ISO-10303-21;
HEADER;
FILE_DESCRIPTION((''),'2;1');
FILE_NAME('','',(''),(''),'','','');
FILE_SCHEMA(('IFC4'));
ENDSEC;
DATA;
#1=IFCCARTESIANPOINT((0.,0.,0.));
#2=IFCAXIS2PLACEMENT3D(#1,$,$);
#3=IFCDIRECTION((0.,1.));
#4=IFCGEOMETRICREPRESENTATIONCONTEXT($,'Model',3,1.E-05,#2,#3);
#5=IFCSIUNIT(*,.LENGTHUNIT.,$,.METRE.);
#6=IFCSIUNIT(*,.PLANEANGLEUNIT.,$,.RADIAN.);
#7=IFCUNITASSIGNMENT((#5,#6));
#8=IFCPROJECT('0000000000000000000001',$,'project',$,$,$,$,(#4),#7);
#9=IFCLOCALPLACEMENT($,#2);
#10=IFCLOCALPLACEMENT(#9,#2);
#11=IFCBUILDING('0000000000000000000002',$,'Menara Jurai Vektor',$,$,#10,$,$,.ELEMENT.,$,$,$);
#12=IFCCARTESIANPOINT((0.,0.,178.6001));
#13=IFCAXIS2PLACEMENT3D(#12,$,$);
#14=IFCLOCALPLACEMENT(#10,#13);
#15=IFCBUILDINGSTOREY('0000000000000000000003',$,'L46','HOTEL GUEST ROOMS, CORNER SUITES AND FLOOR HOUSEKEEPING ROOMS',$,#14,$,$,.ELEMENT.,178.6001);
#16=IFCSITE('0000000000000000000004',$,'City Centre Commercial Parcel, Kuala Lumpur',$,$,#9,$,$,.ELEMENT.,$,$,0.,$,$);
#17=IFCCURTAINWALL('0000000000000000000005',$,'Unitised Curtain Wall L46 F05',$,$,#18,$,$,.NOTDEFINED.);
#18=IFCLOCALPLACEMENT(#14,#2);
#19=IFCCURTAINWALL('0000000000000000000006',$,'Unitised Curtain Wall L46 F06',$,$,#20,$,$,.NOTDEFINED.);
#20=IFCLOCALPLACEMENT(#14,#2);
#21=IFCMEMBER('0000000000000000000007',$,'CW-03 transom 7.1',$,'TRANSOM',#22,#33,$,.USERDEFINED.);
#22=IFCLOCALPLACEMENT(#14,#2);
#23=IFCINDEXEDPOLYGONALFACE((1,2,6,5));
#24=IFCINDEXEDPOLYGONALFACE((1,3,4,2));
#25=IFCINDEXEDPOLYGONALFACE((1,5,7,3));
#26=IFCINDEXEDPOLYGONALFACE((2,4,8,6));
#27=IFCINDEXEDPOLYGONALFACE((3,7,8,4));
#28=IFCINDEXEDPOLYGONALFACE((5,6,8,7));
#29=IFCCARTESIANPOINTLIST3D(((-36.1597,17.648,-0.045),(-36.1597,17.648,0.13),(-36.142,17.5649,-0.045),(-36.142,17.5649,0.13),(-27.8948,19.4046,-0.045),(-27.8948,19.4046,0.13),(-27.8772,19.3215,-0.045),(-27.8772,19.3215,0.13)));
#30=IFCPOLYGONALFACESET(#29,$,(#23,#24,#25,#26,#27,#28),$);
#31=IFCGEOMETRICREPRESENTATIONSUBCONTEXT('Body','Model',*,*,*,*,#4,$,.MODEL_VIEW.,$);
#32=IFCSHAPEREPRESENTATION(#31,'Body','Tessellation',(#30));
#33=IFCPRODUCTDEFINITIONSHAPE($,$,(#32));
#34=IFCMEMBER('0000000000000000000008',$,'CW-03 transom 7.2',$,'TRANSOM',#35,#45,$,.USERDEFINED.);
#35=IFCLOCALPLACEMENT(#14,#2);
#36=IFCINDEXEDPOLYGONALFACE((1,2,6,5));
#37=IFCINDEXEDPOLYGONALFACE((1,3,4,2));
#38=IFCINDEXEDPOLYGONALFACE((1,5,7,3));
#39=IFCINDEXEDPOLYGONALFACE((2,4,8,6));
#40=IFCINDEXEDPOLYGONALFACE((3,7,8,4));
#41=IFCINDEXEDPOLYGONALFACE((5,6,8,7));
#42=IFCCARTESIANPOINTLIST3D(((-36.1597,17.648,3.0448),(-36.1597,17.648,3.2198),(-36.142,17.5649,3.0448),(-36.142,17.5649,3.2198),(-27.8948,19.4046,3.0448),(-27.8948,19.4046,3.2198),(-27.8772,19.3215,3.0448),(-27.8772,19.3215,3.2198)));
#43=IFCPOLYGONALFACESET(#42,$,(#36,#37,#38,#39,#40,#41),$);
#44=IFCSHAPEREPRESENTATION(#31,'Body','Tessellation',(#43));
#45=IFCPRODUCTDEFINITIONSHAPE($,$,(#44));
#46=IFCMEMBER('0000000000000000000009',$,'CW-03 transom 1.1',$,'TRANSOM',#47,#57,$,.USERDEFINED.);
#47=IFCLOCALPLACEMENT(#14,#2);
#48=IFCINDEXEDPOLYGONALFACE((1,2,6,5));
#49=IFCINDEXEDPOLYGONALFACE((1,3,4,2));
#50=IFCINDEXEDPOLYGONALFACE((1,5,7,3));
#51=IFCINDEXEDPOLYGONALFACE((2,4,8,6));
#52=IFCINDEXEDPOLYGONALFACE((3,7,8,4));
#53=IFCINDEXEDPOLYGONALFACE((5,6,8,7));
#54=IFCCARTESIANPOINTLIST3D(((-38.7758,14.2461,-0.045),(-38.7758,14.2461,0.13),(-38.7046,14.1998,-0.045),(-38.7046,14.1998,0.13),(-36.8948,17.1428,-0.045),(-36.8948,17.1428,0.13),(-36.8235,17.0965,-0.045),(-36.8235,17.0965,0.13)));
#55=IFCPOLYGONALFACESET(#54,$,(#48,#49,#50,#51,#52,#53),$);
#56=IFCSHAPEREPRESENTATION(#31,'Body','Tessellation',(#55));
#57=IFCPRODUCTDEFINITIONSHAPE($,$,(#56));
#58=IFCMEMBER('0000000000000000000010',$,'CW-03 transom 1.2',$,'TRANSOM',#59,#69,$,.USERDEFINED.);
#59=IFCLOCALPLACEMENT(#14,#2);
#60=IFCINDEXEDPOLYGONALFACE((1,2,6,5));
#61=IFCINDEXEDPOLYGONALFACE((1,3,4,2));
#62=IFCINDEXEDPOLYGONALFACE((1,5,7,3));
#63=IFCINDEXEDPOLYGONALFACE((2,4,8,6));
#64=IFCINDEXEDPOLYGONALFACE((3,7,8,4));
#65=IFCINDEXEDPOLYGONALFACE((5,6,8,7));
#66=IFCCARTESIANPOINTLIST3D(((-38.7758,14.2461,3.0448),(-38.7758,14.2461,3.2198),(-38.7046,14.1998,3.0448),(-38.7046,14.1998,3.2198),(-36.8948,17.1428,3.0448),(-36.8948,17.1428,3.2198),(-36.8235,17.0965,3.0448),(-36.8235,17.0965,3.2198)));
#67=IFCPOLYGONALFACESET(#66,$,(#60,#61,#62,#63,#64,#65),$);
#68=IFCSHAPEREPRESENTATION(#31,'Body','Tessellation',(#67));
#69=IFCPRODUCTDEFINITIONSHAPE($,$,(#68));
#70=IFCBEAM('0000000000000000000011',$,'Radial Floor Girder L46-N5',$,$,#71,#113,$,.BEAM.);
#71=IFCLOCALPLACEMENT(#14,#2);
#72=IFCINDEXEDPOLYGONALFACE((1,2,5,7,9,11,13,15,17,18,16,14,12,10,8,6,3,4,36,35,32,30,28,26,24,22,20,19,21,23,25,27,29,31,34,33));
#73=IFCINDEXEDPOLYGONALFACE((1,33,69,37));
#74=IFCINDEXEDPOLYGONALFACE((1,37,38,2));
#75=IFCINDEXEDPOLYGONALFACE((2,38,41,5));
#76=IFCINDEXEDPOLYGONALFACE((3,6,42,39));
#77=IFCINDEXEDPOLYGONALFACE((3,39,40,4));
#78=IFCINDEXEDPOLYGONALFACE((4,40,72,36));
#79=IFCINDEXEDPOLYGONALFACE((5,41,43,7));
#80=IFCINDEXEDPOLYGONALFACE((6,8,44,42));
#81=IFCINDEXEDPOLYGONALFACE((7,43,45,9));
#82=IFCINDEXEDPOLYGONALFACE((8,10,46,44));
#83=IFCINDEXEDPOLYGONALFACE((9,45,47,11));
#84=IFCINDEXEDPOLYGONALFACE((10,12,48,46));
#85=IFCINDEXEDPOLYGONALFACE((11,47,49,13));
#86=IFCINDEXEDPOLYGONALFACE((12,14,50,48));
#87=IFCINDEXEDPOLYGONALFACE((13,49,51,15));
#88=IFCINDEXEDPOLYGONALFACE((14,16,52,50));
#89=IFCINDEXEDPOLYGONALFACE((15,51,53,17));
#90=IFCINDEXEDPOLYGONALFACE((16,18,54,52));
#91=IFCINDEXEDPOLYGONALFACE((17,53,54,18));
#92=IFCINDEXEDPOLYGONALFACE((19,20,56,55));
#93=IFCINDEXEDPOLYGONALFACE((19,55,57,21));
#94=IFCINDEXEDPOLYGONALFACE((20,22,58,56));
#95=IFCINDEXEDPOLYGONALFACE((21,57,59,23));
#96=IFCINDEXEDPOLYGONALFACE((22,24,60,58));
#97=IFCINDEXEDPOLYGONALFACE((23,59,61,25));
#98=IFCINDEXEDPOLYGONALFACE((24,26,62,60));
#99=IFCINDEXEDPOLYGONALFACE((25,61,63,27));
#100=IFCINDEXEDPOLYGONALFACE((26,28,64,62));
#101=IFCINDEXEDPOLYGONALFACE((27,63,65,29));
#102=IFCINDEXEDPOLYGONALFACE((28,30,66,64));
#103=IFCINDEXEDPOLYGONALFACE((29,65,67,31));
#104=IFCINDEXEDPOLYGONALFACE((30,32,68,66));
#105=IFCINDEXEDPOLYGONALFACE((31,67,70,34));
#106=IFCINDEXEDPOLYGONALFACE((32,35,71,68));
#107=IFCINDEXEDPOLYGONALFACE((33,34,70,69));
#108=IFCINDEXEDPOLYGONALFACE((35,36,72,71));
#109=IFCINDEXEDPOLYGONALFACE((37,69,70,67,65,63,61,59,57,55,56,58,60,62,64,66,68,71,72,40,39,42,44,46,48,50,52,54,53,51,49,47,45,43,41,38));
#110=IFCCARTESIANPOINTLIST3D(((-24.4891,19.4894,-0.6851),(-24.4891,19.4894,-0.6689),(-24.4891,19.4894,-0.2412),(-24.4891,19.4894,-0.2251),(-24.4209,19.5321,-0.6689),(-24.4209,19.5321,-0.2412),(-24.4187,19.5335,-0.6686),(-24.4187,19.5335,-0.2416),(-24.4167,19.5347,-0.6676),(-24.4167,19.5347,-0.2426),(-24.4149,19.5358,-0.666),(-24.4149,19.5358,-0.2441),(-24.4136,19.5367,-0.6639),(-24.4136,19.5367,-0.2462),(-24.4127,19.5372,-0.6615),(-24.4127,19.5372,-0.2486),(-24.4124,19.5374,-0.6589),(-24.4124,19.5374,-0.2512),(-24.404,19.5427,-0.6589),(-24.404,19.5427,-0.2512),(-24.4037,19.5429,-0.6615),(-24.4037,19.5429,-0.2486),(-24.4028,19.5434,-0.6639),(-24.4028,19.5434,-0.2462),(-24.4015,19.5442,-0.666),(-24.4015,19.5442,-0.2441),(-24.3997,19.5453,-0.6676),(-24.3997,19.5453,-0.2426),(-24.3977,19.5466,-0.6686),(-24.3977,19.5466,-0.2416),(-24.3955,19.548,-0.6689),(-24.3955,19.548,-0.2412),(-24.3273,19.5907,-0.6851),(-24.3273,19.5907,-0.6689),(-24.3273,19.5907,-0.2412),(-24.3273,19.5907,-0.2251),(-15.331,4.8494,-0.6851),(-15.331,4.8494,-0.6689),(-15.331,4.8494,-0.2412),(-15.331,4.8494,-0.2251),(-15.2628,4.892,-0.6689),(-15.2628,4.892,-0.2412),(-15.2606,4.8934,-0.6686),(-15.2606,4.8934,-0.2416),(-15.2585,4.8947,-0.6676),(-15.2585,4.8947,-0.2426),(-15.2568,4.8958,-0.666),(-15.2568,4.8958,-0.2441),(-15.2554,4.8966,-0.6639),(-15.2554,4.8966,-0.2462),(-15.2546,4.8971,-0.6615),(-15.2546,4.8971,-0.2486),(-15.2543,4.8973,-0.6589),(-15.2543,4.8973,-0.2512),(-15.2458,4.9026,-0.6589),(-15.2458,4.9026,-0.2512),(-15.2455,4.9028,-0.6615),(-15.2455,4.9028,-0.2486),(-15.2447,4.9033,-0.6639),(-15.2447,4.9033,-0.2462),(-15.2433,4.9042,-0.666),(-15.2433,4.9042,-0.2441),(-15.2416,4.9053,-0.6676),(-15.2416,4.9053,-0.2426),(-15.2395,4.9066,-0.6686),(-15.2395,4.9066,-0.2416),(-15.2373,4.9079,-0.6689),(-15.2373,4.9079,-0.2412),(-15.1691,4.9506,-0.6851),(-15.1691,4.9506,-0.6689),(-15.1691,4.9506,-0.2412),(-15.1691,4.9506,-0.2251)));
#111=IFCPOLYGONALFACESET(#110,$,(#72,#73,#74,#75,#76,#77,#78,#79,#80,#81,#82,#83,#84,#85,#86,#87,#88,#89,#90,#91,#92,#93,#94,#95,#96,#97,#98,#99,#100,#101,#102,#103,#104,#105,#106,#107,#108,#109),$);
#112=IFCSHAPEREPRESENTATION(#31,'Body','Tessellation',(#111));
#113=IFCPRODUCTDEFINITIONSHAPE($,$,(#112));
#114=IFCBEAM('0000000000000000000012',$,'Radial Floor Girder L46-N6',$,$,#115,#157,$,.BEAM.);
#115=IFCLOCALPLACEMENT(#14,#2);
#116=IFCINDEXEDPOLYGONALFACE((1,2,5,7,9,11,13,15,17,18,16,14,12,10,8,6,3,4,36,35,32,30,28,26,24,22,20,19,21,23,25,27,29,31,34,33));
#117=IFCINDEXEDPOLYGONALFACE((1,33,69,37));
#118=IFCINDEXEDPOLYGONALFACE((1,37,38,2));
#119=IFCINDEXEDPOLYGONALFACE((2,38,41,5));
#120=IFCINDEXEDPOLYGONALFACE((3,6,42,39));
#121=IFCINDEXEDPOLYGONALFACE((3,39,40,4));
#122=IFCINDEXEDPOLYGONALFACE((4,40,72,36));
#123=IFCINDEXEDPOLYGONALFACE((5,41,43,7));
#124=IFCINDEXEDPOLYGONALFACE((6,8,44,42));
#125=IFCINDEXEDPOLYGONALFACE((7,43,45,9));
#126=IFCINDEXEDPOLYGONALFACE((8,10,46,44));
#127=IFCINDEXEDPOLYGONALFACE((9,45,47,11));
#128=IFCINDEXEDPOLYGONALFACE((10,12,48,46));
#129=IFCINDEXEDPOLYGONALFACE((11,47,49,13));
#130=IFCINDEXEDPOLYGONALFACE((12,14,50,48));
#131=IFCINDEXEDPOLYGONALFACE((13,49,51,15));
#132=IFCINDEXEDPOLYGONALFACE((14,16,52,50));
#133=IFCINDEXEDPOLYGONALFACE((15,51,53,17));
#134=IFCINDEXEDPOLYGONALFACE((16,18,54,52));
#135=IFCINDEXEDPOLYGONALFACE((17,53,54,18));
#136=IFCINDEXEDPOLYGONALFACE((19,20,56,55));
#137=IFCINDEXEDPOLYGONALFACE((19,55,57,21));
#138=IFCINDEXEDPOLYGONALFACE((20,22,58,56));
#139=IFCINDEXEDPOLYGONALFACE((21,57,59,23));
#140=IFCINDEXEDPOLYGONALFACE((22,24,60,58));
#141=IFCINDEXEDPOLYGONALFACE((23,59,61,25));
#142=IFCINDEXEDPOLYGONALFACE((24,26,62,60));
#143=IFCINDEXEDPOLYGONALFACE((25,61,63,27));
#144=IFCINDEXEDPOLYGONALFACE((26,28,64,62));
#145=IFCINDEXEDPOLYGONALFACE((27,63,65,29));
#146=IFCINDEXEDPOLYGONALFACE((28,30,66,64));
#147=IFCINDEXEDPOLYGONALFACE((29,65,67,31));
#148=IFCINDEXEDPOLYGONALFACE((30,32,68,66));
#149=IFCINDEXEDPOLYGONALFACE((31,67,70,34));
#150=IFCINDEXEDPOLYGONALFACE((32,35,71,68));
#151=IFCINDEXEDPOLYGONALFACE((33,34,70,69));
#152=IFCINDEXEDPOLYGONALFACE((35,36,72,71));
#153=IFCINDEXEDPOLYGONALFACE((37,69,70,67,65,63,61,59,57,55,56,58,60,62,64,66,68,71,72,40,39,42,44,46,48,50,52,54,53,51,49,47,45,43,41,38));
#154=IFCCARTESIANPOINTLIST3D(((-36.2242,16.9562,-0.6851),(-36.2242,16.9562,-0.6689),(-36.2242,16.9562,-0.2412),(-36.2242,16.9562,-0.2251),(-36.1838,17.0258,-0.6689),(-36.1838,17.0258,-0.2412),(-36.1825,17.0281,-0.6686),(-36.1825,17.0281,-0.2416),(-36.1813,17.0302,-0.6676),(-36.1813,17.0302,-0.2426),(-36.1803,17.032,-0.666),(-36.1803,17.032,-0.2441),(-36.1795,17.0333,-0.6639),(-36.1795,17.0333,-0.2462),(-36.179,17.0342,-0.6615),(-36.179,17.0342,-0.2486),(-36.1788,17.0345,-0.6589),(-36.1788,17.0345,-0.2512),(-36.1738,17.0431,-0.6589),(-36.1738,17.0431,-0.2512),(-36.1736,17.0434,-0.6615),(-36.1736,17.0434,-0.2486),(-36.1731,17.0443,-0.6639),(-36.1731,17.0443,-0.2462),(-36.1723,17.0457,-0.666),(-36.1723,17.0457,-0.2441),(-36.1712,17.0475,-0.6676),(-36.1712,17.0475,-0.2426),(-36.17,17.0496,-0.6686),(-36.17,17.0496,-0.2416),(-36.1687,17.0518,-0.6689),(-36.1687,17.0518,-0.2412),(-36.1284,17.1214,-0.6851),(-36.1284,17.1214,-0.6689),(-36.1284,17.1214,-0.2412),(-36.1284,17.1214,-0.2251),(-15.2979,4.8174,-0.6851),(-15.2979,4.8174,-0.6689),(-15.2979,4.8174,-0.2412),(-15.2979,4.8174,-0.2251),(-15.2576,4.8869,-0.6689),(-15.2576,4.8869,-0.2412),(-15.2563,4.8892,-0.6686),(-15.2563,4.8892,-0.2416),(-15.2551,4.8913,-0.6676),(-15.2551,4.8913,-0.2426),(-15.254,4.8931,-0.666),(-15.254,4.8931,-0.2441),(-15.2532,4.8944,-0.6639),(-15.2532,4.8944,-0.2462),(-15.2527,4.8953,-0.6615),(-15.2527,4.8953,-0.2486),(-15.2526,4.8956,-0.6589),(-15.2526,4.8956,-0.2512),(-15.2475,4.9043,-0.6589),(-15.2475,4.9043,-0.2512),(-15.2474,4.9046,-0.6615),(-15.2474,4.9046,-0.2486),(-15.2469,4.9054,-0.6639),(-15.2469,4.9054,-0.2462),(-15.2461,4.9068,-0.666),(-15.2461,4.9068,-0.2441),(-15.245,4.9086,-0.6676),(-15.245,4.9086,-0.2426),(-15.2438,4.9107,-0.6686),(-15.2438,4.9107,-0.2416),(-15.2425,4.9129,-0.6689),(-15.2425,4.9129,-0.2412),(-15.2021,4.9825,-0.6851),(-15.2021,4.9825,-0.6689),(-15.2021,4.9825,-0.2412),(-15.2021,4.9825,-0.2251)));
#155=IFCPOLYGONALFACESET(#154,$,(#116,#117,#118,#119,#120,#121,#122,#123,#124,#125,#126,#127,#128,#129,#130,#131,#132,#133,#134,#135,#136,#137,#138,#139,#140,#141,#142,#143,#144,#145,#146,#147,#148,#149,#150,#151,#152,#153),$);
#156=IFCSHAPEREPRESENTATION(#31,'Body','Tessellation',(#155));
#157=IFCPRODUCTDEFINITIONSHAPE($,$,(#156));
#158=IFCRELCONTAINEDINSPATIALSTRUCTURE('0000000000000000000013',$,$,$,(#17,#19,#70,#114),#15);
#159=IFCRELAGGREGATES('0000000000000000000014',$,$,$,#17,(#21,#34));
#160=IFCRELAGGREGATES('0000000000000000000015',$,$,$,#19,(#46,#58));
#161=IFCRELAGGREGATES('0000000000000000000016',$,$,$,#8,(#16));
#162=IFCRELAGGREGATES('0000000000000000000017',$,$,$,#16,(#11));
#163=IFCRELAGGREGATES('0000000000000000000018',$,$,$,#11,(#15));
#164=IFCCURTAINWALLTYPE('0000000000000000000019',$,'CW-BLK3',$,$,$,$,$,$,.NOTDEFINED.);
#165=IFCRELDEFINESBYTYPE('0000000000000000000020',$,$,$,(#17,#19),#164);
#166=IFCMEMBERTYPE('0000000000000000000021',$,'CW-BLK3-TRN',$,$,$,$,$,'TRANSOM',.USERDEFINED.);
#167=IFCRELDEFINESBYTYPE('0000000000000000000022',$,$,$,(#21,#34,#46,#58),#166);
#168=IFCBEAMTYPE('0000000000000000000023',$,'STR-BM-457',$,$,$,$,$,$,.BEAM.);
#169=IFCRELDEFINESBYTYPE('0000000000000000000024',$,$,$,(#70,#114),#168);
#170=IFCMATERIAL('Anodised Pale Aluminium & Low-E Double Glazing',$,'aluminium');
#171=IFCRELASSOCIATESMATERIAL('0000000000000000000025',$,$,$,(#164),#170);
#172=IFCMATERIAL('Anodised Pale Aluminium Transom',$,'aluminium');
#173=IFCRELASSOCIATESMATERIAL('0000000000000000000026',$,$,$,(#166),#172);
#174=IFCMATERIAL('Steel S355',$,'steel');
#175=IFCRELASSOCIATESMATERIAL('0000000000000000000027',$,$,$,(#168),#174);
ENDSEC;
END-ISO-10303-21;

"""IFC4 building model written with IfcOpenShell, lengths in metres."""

from ifc_helpers import new_model, si_unit, direction, frame, origin, origin_2d, place, context, subcontext, project, spatial, rectangle, i_section, extrude, material, material_profile, profile_set, type_object, element, aggregate, save


model = new_model("IFC4")

# Units and contexts
model_context = context("Model", 3, precision=1e-05, world=origin(), true_north=direction((0.0, 1.0)))
body_context = subcontext(model_context, "Body", "Model", "MODEL_VIEW")
ifc_project = project(units=[si_unit("LENGTHUNIT", "METRE"), si_unit("PLANEANGLEUNIT", "RADIAN")], contexts=[model_context])

# Site, building, storey
site_placement = place(None, origin())
site = spatial("IfcSite", under=ifc_project, at=site_placement, Name="City Centre Commercial Parcel, Kuala Lumpur", CompositionType="ELEMENT", RefElevation=0.0)
building_placement = place(site_placement, origin())
building = spatial("IfcBuilding", under=site, at=building_placement, Name="Menara Jurai Vektor", CompositionType="ELEMENT")
storey_placement = place(building_placement, frame((0.0, 0.0, 178.6001)))
storey = spatial("IfcBuildingStorey", under=building, at=storey_placement, Name="L46", Description="HOTEL GUEST ROOMS, CORNER SUITES AND FLOOR HOUSEKEEPING ROOMS", CompositionType="ELEMENT", Elevation=178.6001)

# Curtain walls
ifc_material_1 = material(Name="Anodised Pale Aluminium & Low-E Double Glazing", Category="aluminium")
curtain_wall_type = type_object("IfcCurtainWallType", Name="CW-BLK3", PredefinedType="NOTDEFINED", material=ifc_material_1)
curtain_wall_1_placement = place(storey_placement, origin())
curtain_wall_1 = element("IfcCurtainWall", 1, at=curtain_wall_1_placement, inside=storey, type_object=curtain_wall_type, Name="Unitised Curtain Wall L46 F05", PredefinedType="NOTDEFINED")
curtain_wall_2_placement = place(storey_placement, origin())
curtain_wall_2 = element("IfcCurtainWall", 2, at=curtain_wall_2_placement, inside=storey, type_object=curtain_wall_type, Name="Unitised Curtain Wall L46 F06", PredefinedType="NOTDEFINED")

# Members
ifc_material_2 = material(Name="Anodised Pale Aluminium Transom", Category="aluminium")
ifc_material_profile_1 = material_profile(ifc_material_2, rectangle(XDim=0.085, YDim=0.175, at=origin_2d()), Name="ALU TRN 85x175")
ifc_profile_set_1 = profile_set([ifc_material_profile_1], Name="Anodised Pale Aluminium Transom")
member_type_1 = type_object("IfcMemberType", Name="CW-BLK3-TRN", ElementType="TRANSOM", PredefinedType="USERDEFINED", material=ifc_profile_set_1)
member_1_placement = place(storey_placement, frame((-27.886, 19.363, 0.0425), z_axis=(-0.978152, -0.207893, 0.0), x_axis=(0.207893, -0.978152, 0.0)))
member_1 = element("IfcMember", 3, at=member_1_placement, type_object=member_type_1, Name="CW-03 transom 7.1", ObjectType="TRANSOM", PredefinedType="USERDEFINED", context=body_context, shape_type="SweptSolid", body=[
    extrude(rectangle(XDim=0.085, YDim=0.175, at=origin_2d()), origin(), (0.0, 0.0, 1.0), 8.4495),
])
member_2_placement = place(storey_placement, frame((-27.886, 19.363, 3.1323), z_axis=(-0.978152, -0.207893, 0.0), x_axis=(0.207893, -0.978152, 0.0)))
member_2 = element("IfcMember", 4, at=member_2_placement, type_object=member_type_1, Name="CW-03 transom 7.2", ObjectType="TRANSOM", PredefinedType="USERDEFINED", context=body_context, shape_type="SweptSolid", body=[
    extrude(rectangle(XDim=0.085, YDim=0.175, at=origin_2d()), origin(), (0.0, 0.0, 1.0), 8.4495),
])
member_3_placement = place(storey_placement, frame((-36.8591, 17.1196, 0.0425), z_axis=(-0.544628, -0.838678, 0.0), x_axis=(0.838678, -0.544628, 0.0)))
member_3 = element("IfcMember", 5, at=member_3_placement, type_object=member_type_1, Name="CW-03 transom 1.1", ObjectType="TRANSOM", PredefinedType="USERDEFINED", context=body_context, shape_type="SweptSolid", body=[
    extrude(rectangle(XDim=0.085, YDim=0.175, at=origin_2d()), origin(), (0.0, 0.0, 1.0), 3.4539),
])
member_4_placement = place(storey_placement, frame((-36.8591, 17.1196, 3.1323), z_axis=(-0.544628, -0.838678, 0.0), x_axis=(0.838678, -0.544628, 0.0)))
member_4 = element("IfcMember", 6, at=member_4_placement, type_object=member_type_1, Name="CW-03 transom 1.2", ObjectType="TRANSOM", PredefinedType="USERDEFINED", context=body_context, shape_type="SweptSolid", body=[
    extrude(rectangle(XDim=0.085, YDim=0.175, at=origin_2d()), origin(), (0.0, 0.0, 1.0), 3.4539),
])

# Beams
ifc_material_3 = material(Name="Steel S355", Category="steel")
ifc_material_profile_2 = material_profile(ifc_material_3, i_section(OverallWidth=0.1909, OverallDepth=0.46, WebThickness=0.01, FlangeThickness=0.0161, FilletRadius=0.01, at=origin_2d()), Name="UKB 457x191x82")
ifc_profile_set_2 = profile_set([ifc_material_profile_2], Name="Steel S355")
beam_type_1 = type_object("IfcBeamType", Name="STR-BM-457", PredefinedType="BEAM", material=ifc_profile_set_2)
beam_1_placement = place(storey_placement, frame((-24.4082, 19.54, -0.4551), z_axis=(0.530337, -0.847787, 0.0), x_axis=(0.847787, 0.530337, 0.0)))
element("IfcBeam", 7, at=beam_1_placement, inside=storey, type_object=beam_type_1, Name="Radial Floor Girder L46-N5", PredefinedType="BEAM", context=body_context, shape_type="SweptSolid", body=[
    extrude(i_section(OverallWidth=0.1909, OverallDepth=0.46, WebThickness=0.01, FlangeThickness=0.0161, FilletRadius=0.01, at=origin_2d()), origin(), (0.0, 0.0, 1.0), 17.2686),
])
beam_2_placement = place(storey_placement, frame((-36.1763, 17.0388, -0.4551), z_axis=(0.865001, -0.50177, 0.0), x_axis=(0.50177, 0.865001, 0.0)))
element("IfcBeam", 8, at=beam_2_placement, inside=storey, type_object=beam_type_1, Name="Radial Floor Girder L46-N6", PredefinedType="BEAM", context=body_context, shape_type="SweptSolid", body=[
    extrude(i_section(OverallWidth=0.1909, OverallDepth=0.46, WebThickness=0.01, FlangeThickness=0.0161, FilletRadius=0.01, at=origin_2d()), origin(), (0.0, 0.0, 1.0), 24.1921),
])

aggregate(curtain_wall_1, [member_1, member_2])
aggregate(curtain_wall_2, [member_3, member_4])

save(model, "model.ifc")
